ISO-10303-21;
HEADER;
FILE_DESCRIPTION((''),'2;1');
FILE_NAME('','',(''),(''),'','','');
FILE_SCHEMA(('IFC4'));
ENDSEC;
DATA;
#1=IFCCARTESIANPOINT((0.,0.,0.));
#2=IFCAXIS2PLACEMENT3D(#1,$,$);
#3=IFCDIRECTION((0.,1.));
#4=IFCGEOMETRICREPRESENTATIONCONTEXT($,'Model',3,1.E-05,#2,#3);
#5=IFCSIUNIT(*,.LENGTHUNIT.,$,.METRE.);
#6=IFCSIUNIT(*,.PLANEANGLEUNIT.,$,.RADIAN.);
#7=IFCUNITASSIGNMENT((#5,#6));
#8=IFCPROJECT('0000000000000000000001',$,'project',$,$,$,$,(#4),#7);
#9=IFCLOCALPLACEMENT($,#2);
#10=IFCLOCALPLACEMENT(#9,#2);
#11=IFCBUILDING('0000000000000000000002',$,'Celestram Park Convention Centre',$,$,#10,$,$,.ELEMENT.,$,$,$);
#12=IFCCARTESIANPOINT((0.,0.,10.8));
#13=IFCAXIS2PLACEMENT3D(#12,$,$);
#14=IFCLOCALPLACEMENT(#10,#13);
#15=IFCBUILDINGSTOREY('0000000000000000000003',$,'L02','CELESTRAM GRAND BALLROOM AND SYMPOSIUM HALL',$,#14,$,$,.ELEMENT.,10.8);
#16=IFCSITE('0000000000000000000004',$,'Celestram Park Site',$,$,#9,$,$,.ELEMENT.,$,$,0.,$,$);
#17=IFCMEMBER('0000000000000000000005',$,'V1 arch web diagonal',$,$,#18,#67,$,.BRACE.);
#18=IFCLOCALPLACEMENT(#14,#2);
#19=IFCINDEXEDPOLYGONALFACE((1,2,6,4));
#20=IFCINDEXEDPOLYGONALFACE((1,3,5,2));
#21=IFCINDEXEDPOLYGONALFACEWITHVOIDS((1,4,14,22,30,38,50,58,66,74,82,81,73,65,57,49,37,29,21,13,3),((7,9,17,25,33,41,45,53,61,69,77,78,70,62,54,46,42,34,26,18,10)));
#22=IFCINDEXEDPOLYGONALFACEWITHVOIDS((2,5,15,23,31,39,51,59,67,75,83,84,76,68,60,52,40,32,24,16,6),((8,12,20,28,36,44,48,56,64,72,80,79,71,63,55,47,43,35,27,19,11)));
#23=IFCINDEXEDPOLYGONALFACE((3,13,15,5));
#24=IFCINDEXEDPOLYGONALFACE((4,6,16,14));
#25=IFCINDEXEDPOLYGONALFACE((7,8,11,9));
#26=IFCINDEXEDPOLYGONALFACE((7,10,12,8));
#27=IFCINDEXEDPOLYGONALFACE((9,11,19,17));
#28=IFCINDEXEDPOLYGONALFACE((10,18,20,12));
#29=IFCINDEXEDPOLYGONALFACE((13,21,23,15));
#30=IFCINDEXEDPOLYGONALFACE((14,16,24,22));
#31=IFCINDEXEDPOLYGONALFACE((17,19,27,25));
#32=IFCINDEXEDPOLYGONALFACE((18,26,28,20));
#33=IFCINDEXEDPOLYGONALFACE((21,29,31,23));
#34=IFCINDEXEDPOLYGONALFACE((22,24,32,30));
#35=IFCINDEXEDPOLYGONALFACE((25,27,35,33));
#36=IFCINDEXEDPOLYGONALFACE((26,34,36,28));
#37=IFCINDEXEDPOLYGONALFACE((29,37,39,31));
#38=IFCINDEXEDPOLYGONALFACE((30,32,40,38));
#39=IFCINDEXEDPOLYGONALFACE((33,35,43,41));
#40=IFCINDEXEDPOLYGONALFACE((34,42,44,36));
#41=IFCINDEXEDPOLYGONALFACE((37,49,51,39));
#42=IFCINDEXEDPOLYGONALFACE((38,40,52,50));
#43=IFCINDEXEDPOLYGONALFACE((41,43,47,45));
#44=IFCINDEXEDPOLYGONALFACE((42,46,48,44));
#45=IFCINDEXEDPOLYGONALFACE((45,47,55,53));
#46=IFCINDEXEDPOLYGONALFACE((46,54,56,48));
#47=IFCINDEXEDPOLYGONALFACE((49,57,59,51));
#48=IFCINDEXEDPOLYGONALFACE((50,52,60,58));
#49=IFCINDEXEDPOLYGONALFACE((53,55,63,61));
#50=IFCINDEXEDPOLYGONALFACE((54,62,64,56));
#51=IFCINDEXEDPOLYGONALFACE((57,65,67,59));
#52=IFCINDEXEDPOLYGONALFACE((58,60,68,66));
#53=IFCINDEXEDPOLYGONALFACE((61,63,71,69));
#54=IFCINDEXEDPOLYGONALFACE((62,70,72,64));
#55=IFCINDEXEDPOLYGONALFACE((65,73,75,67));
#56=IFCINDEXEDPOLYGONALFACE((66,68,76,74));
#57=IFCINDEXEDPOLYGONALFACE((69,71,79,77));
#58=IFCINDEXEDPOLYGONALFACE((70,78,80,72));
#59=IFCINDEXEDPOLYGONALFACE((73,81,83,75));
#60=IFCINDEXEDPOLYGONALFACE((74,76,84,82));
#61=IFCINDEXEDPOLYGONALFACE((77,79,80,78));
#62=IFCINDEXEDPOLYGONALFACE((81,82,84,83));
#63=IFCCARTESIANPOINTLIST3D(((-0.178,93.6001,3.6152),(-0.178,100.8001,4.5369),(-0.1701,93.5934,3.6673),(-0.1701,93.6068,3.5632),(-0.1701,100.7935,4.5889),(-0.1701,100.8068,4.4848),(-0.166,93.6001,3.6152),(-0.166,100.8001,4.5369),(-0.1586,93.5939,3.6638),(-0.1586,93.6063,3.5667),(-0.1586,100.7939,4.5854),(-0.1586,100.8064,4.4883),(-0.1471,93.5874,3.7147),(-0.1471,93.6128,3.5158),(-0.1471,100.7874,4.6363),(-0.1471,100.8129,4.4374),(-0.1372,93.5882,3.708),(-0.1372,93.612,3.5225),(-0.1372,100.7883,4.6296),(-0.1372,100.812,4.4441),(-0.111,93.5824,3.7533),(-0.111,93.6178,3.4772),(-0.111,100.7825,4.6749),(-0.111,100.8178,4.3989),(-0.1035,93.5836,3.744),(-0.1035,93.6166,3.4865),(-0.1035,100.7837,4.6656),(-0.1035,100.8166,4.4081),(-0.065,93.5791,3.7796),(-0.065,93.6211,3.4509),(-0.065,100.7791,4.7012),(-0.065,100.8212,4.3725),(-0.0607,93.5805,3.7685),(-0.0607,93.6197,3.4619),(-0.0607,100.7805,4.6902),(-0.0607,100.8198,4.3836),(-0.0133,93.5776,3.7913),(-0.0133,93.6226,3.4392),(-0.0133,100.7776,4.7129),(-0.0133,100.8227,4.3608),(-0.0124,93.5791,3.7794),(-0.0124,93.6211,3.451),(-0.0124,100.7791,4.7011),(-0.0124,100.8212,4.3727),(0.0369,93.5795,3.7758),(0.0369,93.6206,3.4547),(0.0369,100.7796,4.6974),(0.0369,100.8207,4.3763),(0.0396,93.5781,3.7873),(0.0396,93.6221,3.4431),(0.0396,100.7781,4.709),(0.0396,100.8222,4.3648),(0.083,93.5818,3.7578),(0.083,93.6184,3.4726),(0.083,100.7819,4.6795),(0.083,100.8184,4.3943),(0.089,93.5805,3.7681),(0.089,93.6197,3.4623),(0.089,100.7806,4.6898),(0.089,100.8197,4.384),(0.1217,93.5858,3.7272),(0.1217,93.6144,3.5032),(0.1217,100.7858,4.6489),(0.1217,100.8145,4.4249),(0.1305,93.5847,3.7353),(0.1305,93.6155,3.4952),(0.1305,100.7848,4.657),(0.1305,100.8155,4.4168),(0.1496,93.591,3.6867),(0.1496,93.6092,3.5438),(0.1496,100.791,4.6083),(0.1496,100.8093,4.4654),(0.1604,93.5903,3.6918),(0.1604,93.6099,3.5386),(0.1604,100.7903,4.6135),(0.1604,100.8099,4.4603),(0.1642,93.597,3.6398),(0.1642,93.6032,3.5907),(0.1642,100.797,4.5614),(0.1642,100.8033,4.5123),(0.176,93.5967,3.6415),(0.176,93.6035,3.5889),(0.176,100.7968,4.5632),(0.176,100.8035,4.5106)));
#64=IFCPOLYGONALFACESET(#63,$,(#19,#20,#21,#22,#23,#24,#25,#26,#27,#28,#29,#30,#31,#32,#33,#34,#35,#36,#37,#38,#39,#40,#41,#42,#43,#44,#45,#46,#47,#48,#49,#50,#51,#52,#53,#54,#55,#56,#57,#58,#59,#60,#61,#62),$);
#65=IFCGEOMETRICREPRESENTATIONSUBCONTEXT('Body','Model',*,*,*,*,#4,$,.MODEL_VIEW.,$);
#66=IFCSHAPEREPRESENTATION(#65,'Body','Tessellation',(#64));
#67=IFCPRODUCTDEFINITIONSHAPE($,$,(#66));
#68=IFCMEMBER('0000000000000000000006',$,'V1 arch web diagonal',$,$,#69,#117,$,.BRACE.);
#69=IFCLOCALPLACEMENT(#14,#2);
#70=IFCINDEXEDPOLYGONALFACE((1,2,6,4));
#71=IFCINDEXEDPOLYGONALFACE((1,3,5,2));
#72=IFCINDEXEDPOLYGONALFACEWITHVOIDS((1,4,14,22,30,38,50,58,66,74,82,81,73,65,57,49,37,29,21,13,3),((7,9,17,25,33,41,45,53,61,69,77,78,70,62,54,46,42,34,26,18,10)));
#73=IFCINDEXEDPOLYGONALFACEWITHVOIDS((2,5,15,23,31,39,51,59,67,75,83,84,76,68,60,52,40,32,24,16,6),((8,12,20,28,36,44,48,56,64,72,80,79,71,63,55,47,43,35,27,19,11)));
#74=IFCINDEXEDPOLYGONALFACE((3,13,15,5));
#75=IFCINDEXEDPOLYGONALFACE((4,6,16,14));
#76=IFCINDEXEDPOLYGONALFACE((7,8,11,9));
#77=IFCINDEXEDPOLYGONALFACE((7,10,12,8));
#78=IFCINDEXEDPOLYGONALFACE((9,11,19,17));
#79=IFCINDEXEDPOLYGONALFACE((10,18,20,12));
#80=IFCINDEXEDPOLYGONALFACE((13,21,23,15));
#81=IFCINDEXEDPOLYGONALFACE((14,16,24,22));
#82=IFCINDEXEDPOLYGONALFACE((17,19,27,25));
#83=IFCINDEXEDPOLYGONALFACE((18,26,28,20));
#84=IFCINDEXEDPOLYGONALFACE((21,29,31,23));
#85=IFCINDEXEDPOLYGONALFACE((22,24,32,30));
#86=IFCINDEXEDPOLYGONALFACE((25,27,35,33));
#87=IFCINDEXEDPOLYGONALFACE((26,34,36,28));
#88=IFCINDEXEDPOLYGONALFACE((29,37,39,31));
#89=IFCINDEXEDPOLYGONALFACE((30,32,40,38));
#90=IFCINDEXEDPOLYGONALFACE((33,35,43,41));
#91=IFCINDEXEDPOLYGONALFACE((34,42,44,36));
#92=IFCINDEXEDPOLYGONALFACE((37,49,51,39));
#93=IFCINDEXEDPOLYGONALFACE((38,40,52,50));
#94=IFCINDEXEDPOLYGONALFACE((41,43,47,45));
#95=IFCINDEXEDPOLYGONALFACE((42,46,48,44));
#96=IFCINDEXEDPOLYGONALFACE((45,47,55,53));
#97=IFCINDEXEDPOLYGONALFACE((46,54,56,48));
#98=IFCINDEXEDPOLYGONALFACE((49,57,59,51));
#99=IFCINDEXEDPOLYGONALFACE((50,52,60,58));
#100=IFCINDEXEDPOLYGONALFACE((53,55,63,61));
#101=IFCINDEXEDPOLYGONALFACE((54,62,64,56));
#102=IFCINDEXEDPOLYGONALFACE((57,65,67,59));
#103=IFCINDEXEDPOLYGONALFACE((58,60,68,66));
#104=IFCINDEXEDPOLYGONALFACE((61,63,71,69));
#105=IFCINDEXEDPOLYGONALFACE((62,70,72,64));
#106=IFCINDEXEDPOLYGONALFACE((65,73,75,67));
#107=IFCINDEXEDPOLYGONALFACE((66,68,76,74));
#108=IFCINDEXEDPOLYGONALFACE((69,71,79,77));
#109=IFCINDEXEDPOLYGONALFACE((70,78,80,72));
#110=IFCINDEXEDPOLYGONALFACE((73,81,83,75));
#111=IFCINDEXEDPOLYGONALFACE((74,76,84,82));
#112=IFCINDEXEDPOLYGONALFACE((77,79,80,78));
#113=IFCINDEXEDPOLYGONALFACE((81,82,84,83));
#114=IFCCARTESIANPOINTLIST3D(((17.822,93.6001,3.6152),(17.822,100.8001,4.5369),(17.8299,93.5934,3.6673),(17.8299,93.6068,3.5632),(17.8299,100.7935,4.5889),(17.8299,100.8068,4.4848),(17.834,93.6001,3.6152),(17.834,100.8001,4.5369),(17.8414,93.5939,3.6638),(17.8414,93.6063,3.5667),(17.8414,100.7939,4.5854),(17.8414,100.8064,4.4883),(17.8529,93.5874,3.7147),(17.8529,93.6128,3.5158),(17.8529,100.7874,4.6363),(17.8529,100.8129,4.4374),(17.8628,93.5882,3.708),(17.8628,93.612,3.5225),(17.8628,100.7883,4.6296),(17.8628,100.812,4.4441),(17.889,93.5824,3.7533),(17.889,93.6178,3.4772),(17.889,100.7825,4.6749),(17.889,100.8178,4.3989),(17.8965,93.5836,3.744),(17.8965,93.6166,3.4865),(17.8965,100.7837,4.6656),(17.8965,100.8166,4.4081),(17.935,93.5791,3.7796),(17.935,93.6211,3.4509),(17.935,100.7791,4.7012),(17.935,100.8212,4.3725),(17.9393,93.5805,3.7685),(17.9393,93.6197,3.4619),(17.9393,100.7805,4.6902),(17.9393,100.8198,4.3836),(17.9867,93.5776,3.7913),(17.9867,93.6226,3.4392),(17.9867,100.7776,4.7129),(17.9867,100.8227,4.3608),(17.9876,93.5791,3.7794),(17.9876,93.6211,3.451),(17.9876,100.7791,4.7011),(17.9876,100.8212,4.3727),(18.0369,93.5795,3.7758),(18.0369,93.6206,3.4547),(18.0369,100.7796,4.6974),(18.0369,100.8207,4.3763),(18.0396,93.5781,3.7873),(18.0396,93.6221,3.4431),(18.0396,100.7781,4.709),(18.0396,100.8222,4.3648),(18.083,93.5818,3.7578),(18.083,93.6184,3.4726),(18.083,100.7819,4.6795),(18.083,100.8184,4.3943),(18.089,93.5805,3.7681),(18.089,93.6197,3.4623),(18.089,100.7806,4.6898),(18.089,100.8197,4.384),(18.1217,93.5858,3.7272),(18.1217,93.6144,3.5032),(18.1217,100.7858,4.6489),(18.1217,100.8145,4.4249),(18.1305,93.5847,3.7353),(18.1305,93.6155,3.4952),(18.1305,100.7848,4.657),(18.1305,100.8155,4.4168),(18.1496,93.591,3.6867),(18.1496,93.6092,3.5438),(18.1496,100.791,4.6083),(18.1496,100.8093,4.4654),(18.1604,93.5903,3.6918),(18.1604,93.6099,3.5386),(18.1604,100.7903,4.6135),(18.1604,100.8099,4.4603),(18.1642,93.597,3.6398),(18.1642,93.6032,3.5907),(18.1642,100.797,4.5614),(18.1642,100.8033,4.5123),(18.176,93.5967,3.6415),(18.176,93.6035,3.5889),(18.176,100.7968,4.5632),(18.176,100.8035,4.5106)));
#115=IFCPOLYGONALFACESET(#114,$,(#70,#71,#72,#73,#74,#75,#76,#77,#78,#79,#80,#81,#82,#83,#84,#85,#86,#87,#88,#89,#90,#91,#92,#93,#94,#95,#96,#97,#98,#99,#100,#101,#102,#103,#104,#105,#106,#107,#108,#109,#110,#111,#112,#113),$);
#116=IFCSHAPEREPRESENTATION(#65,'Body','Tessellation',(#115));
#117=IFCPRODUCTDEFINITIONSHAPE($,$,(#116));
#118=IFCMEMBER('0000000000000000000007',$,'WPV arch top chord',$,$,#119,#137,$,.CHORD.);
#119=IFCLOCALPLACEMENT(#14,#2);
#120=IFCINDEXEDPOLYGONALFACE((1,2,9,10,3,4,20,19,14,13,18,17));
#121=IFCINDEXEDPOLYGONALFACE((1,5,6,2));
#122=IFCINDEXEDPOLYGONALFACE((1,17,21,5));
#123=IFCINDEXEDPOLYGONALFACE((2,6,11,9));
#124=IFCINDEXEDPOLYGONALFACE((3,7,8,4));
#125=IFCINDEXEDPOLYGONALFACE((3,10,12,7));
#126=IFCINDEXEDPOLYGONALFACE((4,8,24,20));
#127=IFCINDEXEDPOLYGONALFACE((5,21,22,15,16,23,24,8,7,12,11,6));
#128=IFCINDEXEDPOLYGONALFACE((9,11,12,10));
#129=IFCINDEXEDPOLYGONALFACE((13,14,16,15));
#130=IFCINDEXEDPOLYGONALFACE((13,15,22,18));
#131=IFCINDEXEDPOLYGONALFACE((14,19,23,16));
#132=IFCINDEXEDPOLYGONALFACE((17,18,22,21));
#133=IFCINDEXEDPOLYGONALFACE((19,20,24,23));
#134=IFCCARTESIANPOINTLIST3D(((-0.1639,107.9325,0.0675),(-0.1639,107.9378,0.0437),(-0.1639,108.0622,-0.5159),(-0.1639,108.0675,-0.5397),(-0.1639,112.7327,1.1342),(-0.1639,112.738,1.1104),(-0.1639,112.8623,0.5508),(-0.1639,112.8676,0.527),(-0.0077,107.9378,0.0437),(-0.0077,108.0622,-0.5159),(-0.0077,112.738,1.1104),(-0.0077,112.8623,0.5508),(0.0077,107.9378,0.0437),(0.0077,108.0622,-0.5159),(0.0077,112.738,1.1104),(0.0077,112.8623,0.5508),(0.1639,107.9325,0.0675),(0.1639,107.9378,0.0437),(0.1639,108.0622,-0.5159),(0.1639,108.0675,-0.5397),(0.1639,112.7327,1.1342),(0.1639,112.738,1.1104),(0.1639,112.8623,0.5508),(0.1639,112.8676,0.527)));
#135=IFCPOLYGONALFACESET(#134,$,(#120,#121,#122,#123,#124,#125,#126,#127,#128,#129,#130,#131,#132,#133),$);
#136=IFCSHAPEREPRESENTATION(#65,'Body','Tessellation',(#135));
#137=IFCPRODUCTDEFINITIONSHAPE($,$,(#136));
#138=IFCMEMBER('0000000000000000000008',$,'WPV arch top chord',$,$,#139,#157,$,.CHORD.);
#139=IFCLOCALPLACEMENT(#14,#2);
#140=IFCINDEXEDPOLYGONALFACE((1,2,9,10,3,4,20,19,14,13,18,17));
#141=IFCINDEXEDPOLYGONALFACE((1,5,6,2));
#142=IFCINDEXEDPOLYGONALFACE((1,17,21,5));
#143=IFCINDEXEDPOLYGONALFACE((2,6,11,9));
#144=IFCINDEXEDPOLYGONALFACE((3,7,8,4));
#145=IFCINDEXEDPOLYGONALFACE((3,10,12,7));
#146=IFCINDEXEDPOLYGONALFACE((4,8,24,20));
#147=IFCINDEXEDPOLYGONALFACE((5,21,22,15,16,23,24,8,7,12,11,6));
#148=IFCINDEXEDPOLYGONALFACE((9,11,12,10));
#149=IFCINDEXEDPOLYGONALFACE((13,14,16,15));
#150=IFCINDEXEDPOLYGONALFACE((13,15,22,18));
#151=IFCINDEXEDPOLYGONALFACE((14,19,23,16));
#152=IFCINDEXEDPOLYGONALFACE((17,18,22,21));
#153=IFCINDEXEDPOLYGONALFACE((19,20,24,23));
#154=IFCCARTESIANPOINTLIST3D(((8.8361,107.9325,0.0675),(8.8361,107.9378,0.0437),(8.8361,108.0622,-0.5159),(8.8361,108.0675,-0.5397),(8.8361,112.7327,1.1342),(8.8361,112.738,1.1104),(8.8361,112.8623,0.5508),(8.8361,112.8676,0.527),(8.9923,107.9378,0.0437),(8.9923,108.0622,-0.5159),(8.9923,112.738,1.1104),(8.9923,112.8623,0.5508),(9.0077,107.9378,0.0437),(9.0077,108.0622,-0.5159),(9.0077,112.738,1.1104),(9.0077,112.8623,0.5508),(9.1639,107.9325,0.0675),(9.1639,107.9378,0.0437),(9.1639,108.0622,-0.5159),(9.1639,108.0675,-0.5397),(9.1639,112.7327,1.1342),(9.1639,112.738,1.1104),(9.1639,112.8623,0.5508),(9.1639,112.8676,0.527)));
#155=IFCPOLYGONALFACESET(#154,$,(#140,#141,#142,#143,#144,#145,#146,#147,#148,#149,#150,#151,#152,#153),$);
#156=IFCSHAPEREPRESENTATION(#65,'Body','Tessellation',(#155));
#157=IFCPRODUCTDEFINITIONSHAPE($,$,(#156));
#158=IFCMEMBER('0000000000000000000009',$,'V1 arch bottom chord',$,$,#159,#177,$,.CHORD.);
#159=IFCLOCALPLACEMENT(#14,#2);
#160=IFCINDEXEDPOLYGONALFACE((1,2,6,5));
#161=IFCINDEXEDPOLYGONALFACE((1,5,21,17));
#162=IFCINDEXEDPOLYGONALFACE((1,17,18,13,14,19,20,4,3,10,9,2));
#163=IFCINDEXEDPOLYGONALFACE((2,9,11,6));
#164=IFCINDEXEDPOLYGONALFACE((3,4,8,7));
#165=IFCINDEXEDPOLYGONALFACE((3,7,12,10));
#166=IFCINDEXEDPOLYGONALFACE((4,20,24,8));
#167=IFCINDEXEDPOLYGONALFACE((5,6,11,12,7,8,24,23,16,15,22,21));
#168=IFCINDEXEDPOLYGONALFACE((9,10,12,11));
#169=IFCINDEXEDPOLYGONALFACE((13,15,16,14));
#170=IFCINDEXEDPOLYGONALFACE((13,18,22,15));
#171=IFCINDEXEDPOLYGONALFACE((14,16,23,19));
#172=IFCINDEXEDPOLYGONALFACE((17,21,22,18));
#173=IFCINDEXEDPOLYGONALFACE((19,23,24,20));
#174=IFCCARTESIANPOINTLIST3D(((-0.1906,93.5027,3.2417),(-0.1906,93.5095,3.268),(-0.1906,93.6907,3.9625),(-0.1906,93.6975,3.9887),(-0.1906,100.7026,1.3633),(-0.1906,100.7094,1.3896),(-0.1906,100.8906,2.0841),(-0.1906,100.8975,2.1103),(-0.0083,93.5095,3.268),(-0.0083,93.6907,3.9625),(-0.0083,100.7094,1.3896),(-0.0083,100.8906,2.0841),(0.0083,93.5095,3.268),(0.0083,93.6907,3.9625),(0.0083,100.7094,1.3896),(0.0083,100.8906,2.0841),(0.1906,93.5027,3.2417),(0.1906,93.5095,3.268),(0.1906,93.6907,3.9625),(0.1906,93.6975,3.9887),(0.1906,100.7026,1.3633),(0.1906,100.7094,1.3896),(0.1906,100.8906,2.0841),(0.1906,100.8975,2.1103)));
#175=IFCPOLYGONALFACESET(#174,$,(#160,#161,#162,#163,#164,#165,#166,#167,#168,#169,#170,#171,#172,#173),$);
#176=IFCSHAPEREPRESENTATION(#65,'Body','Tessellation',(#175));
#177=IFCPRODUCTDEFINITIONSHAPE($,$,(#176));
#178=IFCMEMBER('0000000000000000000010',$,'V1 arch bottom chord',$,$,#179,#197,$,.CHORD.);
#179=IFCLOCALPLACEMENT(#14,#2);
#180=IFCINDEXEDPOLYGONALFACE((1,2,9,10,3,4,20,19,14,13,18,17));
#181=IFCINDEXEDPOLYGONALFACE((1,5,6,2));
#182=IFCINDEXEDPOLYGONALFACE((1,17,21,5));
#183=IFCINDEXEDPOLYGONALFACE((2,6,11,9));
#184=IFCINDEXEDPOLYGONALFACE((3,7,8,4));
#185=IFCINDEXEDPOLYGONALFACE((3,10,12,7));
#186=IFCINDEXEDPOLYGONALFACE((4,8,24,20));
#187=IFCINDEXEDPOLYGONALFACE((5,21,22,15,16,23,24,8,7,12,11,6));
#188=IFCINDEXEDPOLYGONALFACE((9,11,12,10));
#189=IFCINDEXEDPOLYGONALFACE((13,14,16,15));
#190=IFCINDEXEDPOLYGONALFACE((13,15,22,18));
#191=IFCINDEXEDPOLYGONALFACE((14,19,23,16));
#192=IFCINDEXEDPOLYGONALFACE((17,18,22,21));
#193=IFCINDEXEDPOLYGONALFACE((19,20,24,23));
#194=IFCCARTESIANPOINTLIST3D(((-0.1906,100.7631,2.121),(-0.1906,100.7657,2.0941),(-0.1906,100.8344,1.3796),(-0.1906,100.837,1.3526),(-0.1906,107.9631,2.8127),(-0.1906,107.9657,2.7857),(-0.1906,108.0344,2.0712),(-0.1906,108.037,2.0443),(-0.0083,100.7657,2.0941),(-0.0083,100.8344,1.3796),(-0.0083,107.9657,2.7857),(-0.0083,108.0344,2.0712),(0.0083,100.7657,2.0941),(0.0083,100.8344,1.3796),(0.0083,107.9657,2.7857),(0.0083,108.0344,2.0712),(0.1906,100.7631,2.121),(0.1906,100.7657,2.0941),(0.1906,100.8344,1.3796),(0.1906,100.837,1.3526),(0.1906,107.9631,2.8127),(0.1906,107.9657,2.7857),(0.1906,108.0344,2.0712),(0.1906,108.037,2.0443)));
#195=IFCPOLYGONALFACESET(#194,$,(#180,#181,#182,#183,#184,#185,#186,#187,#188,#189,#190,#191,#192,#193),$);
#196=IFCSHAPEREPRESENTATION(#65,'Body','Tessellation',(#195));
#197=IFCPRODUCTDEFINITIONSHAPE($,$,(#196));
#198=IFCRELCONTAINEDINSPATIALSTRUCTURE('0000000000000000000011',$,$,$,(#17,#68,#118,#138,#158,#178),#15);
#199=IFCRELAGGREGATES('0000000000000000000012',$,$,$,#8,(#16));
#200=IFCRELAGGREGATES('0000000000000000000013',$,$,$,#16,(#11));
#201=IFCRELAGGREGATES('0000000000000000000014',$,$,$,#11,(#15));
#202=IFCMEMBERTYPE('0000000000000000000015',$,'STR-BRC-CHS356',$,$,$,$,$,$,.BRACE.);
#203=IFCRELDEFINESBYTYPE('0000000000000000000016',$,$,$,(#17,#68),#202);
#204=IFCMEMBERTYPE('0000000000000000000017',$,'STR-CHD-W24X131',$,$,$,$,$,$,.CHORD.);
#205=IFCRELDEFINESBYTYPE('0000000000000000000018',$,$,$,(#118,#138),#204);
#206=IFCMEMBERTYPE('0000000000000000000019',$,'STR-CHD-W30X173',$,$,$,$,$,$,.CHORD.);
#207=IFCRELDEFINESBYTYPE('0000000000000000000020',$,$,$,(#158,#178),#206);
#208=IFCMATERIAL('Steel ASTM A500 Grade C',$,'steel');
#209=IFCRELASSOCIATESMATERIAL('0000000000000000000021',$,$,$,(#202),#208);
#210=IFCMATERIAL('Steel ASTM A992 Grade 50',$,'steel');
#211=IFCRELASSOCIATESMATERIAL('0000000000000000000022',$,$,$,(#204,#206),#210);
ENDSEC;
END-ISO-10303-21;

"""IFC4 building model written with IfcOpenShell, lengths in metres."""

from ifc_helpers import new_model, si_unit, direction, frame, origin, origin_2d, place, context, subcontext, project, spatial, hollow_circle, i_section, extrude, material, material_profile, profile_set, type_object, element, save


model = new_model("IFC4")

# Units and contexts
model_context = context("Model", 3, precision=1e-05, world=origin(), true_north=direction((0.0, 1.0)))
body_context = subcontext(model_context, "Body", "Model", "MODEL_VIEW")
ifc_project = project(units=[si_unit("LENGTHUNIT", "METRE"), si_unit("PLANEANGLEUNIT", "RADIAN")], contexts=[model_context])

# Site, building, storey
site_placement = place(None, origin())
site = spatial("IfcSite", under=ifc_project, at=site_placement, Name="Celestram Park Site", CompositionType="ELEMENT", RefElevation=0.0)
building_placement = place(site_placement, origin())
building = spatial("IfcBuilding", under=site, at=building_placement, Name="Celestram Park Convention Centre", CompositionType="ELEMENT")
storey_placement = place(building_placement, frame((0.0, 0.0, 10.8)))
storey = spatial("IfcBuildingStorey", under=building, at=storey_placement, Name="L02", Description="CELESTRAM GRAND BALLROOM AND SYMPOSIUM HALL", CompositionType="ELEMENT", Elevation=10.8)

# Shared definitions
ifc_material_1 = material(Name="Steel ASTM A992 Grade 50", Category="steel")

# Members
ifc_material_2 = material(Name="Steel ASTM A500 Grade C", Category="steel")
ifc_material_profile_1 = material_profile(ifc_material_2, hollow_circle(Radius=0.178, WallThickness=0.012, at=origin_2d()), Name="CHS356X12")
ifc_profile_set_1 = profile_set([ifc_material_profile_1], Name="Steel ASTM A500 Grade C")
member_type_1 = type_object("IfcMemberType", Name="STR-BRC-CHS356", PredefinedType="BRACE", material=ifc_profile_set_1)
for number, where, z_axis, x_axis, name in (
    (1, (0.0, 93.6001, 3.6152), (0.0, 0.991907, 0.126969), (-1.0, 0.0, 0.0), "V1 arch web diagonal"),
    (2, (18.0, 93.6001, 3.6152), (0.0, 0.991907, 0.126969), (-1.0, 0.0, 0.0), "V1 arch web diagonal"),
):
    element("IfcMember", number, at=place(storey_placement, frame(where, z_axis=z_axis, x_axis=x_axis)), inside=storey, type_object=member_type_1, Name=name, PredefinedType="BRACE", context=body_context, shape_type="SweptSolid", body=[
        extrude(hollow_circle(Radius=0.178, WallThickness=0.012, at=origin_2d()), origin(), (0.0, 0.0, 1.0), 7.2588),
    ])
ifc_material_profile_2 = material_profile(ifc_material_1, i_section(OverallWidth=0.3279, OverallDepth=0.6221, WebThickness=0.0154, FlangeThickness=0.0244, at=origin_2d()), Name="W24X131")
ifc_profile_set_2 = profile_set([ifc_material_profile_2], Name="Steel ASTM A992 Grade 50")
member_type_2 = type_object("IfcMemberType", Name="STR-CHD-W24X131", PredefinedType="CHORD", material=ifc_profile_set_2)
for number, where, z_axis, x_axis, name in (
    (3, (0.0, 108.0, -0.2361), (0.0, 0.976188, 0.216925), (-1.0, 0.0, 0.0), "WPV arch top chord"),
    (4, (9.0, 108.0, -0.2361), (0.0, 0.976188, 0.216925), (-1.0, 0.0, 0.0), "WPV arch top chord"),
):
    element("IfcMember", number, at=place(storey_placement, frame(where, z_axis=z_axis, x_axis=x_axis)), inside=storey, type_object=member_type_2, Name=name, PredefinedType="CHORD", context=body_context, shape_type="SweptSolid", body=[
        extrude(i_section(OverallWidth=0.3279, OverallDepth=0.6221, WebThickness=0.0154, FlangeThickness=0.0244, at=origin_2d()), origin(), (0.0, 0.0, 1.0), 4.9172),
    ])
ifc_material_profile_3 = material_profile(ifc_material_1, i_section(OverallWidth=0.3811, OverallDepth=0.772, WebThickness=0.0166, FlangeThickness=0.0271, at=origin_2d()), Name="W30X173")
ifc_profile_set_3 = profile_set([ifc_material_profile_3], Name="Steel ASTM A992 Grade 50")
member_type_3 = type_object("IfcMemberType", Name="STR-CHD-W30X173", PredefinedType="CHORD", material=ifc_profile_set_3)
member_1_placement = place(storey_placement, frame((0.0, 93.6001, 3.6152), z_axis=(0.0, 0.967612, -0.252443), x_axis=(-1.0, 0.0, 0.0)))
element("IfcMember", 5, at=member_1_placement, inside=storey, type_object=member_type_3, Name="V1 arch bottom chord", PredefinedType="CHORD", context=body_context, shape_type="SweptSolid", body=[
    extrude(i_section(OverallWidth=0.3811, OverallDepth=0.772, WebThickness=0.0166, FlangeThickness=0.0271, at=origin_2d()), origin(), (0.0, 0.0, 1.0), 7.4409),
])
member_2_placement = place(storey_placement, frame((0.0, 100.8, 1.7368), z_axis=(0.0, 0.995418, 0.095623), x_axis=(-1.0, 0.0, 0.0)))
element("IfcMember", 6, at=member_2_placement, inside=storey, type_object=member_type_3, Name="V1 arch bottom chord", PredefinedType="CHORD", context=body_context, shape_type="SweptSolid", body=[
    extrude(i_section(OverallWidth=0.3811, OverallDepth=0.772, WebThickness=0.0166, FlangeThickness=0.0271, at=origin_2d()), origin(), (0.0, 0.0, 1.0), 7.2332),
])

save(model, "model.ifc")
